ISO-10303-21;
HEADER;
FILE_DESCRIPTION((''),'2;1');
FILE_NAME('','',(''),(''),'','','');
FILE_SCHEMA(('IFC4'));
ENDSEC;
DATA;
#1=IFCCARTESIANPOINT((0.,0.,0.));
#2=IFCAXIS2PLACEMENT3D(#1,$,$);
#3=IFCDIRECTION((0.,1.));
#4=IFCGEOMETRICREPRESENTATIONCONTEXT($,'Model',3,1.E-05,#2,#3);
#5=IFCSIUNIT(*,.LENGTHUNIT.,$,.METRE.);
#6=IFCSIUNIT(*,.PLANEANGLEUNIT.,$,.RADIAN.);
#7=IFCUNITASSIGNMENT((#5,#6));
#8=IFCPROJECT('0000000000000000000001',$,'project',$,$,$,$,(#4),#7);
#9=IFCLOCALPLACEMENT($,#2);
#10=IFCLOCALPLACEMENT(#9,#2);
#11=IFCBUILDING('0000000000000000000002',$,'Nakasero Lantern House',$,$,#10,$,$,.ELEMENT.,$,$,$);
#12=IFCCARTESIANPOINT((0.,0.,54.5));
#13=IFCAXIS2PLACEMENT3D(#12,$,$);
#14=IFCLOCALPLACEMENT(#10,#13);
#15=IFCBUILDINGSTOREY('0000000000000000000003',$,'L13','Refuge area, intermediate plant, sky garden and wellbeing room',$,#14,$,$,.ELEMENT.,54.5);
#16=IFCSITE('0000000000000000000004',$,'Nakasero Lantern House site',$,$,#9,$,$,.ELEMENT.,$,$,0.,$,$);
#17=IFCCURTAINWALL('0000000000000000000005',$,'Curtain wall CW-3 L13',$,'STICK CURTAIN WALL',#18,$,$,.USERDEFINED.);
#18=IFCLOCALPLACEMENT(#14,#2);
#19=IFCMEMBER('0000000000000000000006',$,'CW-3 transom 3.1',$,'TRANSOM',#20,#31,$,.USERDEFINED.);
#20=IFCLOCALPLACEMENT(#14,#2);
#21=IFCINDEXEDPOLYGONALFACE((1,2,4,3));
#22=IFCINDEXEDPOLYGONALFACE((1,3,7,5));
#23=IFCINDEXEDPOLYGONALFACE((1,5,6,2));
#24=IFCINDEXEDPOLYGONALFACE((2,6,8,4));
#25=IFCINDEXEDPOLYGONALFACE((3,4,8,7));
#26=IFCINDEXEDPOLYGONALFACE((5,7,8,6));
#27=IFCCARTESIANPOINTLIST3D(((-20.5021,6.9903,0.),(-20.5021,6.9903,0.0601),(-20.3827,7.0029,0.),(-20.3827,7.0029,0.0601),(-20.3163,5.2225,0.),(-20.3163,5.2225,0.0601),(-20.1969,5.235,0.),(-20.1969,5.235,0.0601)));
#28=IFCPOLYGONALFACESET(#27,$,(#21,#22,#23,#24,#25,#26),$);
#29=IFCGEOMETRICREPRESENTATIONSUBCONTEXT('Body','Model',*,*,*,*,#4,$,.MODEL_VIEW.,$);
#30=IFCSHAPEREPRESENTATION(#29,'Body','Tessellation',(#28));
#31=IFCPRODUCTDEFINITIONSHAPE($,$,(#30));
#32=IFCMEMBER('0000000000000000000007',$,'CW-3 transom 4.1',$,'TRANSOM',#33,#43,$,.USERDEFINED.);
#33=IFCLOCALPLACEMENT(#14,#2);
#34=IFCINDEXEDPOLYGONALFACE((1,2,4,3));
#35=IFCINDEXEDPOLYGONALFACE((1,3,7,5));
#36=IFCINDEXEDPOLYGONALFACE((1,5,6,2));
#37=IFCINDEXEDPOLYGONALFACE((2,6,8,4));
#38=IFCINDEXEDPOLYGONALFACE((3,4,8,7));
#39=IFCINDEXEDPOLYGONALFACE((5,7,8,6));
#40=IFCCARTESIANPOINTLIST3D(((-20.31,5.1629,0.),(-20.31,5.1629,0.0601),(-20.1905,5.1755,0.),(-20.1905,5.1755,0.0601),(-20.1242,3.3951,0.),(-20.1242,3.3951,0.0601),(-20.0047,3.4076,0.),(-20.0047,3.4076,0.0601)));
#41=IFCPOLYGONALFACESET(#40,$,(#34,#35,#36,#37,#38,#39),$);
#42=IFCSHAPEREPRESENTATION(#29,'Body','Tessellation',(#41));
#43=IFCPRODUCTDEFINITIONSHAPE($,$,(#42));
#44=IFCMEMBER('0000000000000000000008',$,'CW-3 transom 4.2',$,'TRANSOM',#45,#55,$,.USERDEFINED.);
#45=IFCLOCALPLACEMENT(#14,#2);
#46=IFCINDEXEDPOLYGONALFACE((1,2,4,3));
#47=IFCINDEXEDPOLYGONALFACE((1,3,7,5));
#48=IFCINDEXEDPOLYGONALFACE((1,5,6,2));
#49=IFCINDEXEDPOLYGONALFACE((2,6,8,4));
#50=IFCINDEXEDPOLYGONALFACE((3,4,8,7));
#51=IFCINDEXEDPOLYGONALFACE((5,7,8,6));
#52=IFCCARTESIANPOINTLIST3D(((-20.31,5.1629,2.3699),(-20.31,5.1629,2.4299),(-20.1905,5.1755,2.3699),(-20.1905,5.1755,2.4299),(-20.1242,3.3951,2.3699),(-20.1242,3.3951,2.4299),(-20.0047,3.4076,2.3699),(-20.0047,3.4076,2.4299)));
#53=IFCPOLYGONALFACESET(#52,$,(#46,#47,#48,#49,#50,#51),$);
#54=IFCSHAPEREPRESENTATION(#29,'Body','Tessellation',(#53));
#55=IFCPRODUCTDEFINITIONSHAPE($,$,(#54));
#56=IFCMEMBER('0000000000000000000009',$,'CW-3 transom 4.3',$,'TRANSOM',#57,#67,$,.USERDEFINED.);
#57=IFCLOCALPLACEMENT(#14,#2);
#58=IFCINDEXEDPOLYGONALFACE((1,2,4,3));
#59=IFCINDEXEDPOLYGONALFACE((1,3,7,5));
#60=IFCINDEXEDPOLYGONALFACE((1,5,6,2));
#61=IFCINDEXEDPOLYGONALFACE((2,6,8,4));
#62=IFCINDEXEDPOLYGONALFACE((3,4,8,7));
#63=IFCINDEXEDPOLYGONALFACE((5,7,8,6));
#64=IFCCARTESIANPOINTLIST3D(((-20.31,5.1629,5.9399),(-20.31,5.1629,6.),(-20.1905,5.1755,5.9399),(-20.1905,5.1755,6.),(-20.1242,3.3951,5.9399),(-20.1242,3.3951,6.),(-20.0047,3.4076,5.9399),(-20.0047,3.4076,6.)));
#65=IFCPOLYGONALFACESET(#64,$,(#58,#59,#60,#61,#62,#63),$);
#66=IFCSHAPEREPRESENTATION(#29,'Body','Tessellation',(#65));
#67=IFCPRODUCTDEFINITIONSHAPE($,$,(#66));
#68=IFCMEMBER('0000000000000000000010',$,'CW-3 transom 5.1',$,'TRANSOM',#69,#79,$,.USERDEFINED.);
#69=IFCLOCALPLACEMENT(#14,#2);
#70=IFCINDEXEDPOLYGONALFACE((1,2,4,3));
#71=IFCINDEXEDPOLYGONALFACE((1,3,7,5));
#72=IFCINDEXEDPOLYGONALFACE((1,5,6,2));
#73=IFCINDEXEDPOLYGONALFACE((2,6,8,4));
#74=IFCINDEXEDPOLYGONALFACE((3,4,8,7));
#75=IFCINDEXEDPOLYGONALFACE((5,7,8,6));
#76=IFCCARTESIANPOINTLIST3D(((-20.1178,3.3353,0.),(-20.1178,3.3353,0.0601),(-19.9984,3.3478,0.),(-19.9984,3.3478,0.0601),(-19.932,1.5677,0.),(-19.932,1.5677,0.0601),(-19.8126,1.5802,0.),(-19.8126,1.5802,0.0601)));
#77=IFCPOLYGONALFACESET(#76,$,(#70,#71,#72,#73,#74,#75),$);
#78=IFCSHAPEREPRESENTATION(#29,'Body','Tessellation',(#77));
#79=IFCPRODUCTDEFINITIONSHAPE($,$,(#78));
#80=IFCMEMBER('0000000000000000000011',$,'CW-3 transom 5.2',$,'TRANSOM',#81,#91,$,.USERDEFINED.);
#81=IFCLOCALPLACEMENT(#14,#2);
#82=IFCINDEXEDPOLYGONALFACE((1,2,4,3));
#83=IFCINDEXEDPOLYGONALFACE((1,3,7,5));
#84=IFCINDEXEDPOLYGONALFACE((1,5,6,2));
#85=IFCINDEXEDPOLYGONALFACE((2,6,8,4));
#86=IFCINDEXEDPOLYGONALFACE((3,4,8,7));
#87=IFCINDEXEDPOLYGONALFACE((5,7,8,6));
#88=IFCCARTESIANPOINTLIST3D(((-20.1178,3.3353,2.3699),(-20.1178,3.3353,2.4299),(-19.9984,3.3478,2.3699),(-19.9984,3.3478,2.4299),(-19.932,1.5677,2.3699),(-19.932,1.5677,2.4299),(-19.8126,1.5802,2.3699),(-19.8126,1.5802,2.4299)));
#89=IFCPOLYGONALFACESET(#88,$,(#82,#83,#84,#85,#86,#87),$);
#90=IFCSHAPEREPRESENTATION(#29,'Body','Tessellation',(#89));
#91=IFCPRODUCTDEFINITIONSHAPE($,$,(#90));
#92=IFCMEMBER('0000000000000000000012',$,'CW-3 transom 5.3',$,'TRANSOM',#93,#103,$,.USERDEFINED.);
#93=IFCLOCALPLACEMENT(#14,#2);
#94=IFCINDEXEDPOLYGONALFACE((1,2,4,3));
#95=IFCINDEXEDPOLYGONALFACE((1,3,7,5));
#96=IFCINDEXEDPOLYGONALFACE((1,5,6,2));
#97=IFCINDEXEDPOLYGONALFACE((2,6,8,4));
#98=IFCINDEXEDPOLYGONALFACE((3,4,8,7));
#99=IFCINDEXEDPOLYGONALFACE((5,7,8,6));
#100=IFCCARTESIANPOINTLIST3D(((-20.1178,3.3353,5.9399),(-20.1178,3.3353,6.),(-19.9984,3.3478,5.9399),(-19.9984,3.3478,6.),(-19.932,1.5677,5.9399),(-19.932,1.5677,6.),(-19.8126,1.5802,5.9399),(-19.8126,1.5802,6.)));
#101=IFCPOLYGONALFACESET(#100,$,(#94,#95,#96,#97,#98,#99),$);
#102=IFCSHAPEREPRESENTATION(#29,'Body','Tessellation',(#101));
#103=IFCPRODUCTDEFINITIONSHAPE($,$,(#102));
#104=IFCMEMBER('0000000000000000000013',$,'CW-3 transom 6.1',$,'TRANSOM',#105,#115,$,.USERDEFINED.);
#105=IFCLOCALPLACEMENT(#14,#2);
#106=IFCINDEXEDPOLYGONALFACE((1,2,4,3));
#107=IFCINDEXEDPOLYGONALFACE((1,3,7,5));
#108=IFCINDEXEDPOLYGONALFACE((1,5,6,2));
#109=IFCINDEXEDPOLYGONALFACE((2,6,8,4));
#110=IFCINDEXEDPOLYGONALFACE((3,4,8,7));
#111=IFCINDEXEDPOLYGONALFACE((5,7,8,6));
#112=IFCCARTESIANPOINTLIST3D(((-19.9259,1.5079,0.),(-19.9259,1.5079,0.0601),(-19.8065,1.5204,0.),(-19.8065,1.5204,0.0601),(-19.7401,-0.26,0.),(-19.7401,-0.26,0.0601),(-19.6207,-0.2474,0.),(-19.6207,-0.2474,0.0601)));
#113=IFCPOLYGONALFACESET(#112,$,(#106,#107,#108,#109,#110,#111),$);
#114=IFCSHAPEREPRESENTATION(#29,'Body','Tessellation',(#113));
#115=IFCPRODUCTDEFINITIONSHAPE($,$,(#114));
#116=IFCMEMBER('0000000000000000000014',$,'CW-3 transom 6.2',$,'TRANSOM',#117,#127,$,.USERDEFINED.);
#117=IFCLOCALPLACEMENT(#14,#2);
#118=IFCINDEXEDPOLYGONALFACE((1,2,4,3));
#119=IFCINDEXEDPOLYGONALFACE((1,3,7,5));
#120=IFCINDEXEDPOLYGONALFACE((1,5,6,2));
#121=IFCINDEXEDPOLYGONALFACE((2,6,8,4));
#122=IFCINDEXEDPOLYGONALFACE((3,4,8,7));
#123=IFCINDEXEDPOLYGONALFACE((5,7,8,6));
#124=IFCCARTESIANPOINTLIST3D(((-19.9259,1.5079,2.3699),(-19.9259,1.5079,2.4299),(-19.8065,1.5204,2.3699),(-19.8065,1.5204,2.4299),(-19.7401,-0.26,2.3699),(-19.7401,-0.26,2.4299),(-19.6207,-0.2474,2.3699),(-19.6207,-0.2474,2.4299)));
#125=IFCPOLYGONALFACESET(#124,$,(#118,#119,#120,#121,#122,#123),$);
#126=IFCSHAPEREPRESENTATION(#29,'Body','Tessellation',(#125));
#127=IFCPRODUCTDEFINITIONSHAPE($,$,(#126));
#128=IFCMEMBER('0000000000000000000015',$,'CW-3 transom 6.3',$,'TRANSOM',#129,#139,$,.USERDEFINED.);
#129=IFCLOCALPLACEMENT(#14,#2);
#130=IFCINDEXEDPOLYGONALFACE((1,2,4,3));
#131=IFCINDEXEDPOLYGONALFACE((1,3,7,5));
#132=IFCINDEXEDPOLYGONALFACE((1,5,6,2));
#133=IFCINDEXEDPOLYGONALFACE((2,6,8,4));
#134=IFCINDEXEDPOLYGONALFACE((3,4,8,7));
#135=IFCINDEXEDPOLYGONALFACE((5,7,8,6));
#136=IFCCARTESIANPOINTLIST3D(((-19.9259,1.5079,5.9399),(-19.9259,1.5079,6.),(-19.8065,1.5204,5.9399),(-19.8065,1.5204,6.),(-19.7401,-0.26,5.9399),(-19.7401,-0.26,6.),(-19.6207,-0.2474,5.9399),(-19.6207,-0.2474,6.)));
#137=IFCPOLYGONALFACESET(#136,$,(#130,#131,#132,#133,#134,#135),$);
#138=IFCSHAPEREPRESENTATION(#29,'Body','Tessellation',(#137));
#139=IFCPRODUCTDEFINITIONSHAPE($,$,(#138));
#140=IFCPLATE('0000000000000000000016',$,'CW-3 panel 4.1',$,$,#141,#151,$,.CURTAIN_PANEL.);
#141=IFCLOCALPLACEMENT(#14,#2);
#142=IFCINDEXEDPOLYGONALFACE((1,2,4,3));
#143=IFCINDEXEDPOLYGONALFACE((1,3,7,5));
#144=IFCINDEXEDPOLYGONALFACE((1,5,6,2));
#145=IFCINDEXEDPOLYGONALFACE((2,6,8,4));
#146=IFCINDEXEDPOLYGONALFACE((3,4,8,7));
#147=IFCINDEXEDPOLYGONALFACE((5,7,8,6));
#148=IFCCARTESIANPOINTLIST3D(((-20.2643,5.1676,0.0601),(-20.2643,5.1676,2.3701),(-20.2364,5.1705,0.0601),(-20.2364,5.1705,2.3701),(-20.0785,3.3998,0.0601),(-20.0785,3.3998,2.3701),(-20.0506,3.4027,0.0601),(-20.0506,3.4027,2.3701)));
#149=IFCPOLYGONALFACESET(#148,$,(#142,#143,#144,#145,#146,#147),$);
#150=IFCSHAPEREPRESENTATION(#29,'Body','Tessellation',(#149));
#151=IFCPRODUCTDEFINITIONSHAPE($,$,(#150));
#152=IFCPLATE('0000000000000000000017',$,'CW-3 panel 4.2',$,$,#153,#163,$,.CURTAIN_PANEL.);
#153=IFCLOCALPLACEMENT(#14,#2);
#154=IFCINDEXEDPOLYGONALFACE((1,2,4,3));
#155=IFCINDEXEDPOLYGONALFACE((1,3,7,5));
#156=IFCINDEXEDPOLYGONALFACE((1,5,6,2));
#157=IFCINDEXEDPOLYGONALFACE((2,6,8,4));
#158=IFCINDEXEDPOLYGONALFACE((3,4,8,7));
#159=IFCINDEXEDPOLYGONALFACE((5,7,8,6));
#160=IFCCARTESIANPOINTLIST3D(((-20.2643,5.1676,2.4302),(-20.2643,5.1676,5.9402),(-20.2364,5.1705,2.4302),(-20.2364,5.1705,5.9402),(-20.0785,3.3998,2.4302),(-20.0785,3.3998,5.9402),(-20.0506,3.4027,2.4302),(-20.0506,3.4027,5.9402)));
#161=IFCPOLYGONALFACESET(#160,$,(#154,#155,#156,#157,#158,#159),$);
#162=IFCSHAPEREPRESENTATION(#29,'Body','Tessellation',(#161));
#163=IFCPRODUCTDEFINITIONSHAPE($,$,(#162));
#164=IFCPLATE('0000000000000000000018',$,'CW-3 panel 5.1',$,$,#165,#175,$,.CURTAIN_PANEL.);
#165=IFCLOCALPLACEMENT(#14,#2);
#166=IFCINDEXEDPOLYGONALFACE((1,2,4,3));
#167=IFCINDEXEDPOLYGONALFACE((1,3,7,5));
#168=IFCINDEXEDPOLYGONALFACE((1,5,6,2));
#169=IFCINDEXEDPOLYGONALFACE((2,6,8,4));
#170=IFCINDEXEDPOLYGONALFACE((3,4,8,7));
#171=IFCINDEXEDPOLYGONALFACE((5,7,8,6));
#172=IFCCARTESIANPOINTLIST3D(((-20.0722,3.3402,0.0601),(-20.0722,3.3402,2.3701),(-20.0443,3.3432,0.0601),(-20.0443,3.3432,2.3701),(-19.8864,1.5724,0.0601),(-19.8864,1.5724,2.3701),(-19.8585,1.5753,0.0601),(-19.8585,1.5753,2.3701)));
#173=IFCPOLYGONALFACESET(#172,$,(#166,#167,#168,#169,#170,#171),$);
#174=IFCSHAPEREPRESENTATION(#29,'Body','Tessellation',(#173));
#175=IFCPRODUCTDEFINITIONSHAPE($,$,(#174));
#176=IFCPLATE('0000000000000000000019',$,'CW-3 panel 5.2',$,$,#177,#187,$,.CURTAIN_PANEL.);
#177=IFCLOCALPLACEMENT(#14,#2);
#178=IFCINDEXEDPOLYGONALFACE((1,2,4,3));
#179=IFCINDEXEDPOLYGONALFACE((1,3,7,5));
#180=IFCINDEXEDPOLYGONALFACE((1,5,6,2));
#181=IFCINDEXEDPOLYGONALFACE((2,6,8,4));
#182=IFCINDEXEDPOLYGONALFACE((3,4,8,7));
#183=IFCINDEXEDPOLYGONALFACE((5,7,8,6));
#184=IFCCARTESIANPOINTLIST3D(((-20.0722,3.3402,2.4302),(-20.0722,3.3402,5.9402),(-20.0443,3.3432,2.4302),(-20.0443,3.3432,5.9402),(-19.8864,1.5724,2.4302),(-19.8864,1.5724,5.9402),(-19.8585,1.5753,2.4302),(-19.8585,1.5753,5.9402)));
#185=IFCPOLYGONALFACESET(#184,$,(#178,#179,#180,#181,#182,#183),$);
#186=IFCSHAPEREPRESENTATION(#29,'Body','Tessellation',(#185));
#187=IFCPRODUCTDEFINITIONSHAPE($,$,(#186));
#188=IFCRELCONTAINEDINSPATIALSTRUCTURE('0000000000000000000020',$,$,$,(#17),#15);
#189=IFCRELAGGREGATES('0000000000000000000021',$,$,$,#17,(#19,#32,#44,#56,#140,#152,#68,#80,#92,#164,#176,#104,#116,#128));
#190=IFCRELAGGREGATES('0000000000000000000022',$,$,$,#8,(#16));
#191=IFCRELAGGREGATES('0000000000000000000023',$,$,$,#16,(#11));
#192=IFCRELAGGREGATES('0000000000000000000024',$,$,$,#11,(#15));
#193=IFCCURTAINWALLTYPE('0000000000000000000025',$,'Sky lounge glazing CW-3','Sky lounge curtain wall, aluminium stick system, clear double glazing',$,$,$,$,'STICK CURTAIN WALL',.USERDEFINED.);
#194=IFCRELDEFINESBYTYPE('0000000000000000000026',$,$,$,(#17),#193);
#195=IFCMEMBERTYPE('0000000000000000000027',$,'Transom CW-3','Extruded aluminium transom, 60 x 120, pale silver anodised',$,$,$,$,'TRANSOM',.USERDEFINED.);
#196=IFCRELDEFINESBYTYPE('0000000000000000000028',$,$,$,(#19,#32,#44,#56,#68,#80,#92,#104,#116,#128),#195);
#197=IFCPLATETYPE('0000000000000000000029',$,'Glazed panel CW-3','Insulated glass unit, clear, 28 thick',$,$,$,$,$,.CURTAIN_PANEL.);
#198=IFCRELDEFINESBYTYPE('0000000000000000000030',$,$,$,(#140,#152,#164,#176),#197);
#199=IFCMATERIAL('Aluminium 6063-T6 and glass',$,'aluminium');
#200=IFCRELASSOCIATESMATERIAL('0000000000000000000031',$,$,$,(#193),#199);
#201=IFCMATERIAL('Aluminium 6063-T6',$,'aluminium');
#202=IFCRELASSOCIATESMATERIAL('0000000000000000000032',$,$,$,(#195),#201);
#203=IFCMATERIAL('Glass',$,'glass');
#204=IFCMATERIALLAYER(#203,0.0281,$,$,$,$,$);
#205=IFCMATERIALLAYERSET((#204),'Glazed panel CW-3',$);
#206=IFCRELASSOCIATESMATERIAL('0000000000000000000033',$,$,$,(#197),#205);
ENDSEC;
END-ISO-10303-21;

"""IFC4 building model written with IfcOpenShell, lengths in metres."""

from ifc_helpers import new_model, si_unit, direction, frame, origin, origin_2d, place, context, subcontext, project, spatial, rectangle, extrude, material, layer, layer_set, material_profile, profile_set, type_object, element, aggregate, save


model = new_model("IFC4")

# Units and contexts
model_context = context("Model", 3, precision=1e-05, world=origin(), true_north=direction((0.0, 1.0)))
body_context = subcontext(model_context, "Body", "Model", "MODEL_VIEW")
ifc_project = project(units=[si_unit("LENGTHUNIT", "METRE"), si_unit("PLANEANGLEUNIT", "RADIAN")], contexts=[model_context])

# Site, building, storey
site_placement = place(None, origin())
site = spatial("IfcSite", under=ifc_project, at=site_placement, Name="Nakasero Lantern House site", CompositionType="ELEMENT", RefElevation=0.0)
building_placement = place(site_placement, origin())
building = spatial("IfcBuilding", under=site, at=building_placement, Name="Nakasero Lantern House", CompositionType="ELEMENT")
storey_placement = place(building_placement, frame((0.0, 0.0, 54.5)))
storey = spatial("IfcBuildingStorey", under=building, at=storey_placement, Name="L13", Description="Refuge area, intermediate plant, sky garden and wellbeing room", CompositionType="ELEMENT", Elevation=54.5)

# Curtain wall, members, plates
ifc_material_1 = material(Name="Aluminium 6063-T6 and glass", Category="aluminium")
curtain_wall_type = type_object("IfcCurtainWallType", Name="Sky lounge glazing CW-3", Description="Sky lounge curtain wall, aluminium stick system, clear double glazing", ElementType="STICK CURTAIN WALL", PredefinedType="USERDEFINED", material=ifc_material_1)
curtain_wall_placement = place(storey_placement, origin())
curtain_wall = element("IfcCurtainWall", 1, at=curtain_wall_placement, inside=storey, type_object=curtain_wall_type, Name="Curtain wall CW-3 L13", ObjectType="STICK CURTAIN WALL", PredefinedType="USERDEFINED")
ifc_material_2 = material(Name="Aluminium 6063-T6", Category="aluminium")
ifc_material_profile_1 = material_profile(ifc_material_2, rectangle(XDim=0.0601, YDim=0.1201, at=origin_2d()), Name="CW-3 transom 60x120")
ifc_profile_set_1 = profile_set([ifc_material_profile_1], Name="Aluminium 6063-T6")
member_type_1 = type_object("IfcMemberType", Name="Transom CW-3", Description="Extruded aluminium transom, 60 x 120, pale silver anodised", ElementType="TRANSOM", PredefinedType="USERDEFINED", material=ifc_profile_set_1)
member_1_placement = place(storey_placement, frame((-20.4424, 6.9966, 0.03), z_axis=(0.10452, -0.994523, 0.0), x_axis=(0.0, 0.0, 1.0)))
member_1 = element("IfcMember", 2, at=member_1_placement, type_object=member_type_1, Name="CW-3 transom 3.1", ObjectType="TRANSOM", PredefinedType="USERDEFINED", context=body_context, shape_type="SweptSolid", body=[
    extrude(rectangle(XDim=0.0601, YDim=0.1201, at=origin_2d()), origin(), (0.0, 0.0, 1.0), 1.7776),
])
member_2_placement = place(storey_placement, frame((-20.2502, 5.1692, 0.03), z_axis=(0.10452, -0.994523, 0.0), x_axis=(0.0, 0.0, 1.0)))
member_2 = element("IfcMember", 3, at=member_2_placement, type_object=member_type_1, Name="CW-3 transom 4.1", ObjectType="TRANSOM", PredefinedType="USERDEFINED", context=body_context, shape_type="SweptSolid", body=[
    extrude(rectangle(XDim=0.0601, YDim=0.1201, at=origin_2d()), origin(), (0.0, 0.0, 1.0), 1.7776),
])
member_3_placement = place(storey_placement, frame((-20.2502, 5.1692, 2.3999), z_axis=(0.10452, -0.994523, 0.0), x_axis=(0.0, 0.0, 1.0)))
member_3 = element("IfcMember", 4, at=member_3_placement, type_object=member_type_1, Name="CW-3 transom 4.2", ObjectType="TRANSOM", PredefinedType="USERDEFINED", context=body_context, shape_type="SweptSolid", body=[
    extrude(rectangle(XDim=0.0601, YDim=0.1201, at=origin_2d()), origin(), (0.0, 0.0, 1.0), 1.7776),
])
member_4_placement = place(storey_placement, frame((-20.2502, 5.1692, 5.97), z_axis=(0.10452, -0.994523, 0.0), x_axis=(0.0, 0.0, 1.0)))
member_4 = element("IfcMember", 5, at=member_4_placement, type_object=member_type_1, Name="CW-3 transom 4.3", ObjectType="TRANSOM", PredefinedType="USERDEFINED", context=body_context, shape_type="SweptSolid", body=[
    extrude(rectangle(XDim=0.0601, YDim=0.1201, at=origin_2d()), origin(), (0.0, 0.0, 1.0), 1.7776),
])
member_5_placement = place(storey_placement, frame((-20.0581, 3.3416, 0.03), z_axis=(0.104535, -0.994521, 0.0), x_axis=(0.0, 0.0, 1.0)))
member_5 = element("IfcMember", 6, at=member_5_placement, type_object=member_type_1, Name="CW-3 transom 5.1", ObjectType="TRANSOM", PredefinedType="USERDEFINED", context=body_context, shape_type="SweptSolid", body=[
    extrude(rectangle(XDim=0.0601, YDim=0.1201, at=origin_2d()), origin(), (0.0, 0.0, 1.0), 1.7773),
])
member_6_placement = place(storey_placement, frame((-20.0581, 3.3416, 2.3999), z_axis=(0.104535, -0.994521, 0.0), x_axis=(0.0, 0.0, 1.0)))
member_6 = element("IfcMember", 7, at=member_6_placement, type_object=member_type_1, Name="CW-3 transom 5.2", ObjectType="TRANSOM", PredefinedType="USERDEFINED", context=body_context, shape_type="SweptSolid", body=[
    extrude(rectangle(XDim=0.0601, YDim=0.1201, at=origin_2d()), origin(), (0.0, 0.0, 1.0), 1.7773),
])
member_7_placement = place(storey_placement, frame((-20.0581, 3.3416, 5.97), z_axis=(0.104535, -0.994521, 0.0), x_axis=(0.0, 0.0, 1.0)))
member_7 = element("IfcMember", 8, at=member_7_placement, type_object=member_type_1, Name="CW-3 transom 5.3", ObjectType="TRANSOM", PredefinedType="USERDEFINED", context=body_context, shape_type="SweptSolid", body=[
    extrude(rectangle(XDim=0.0601, YDim=0.1201, at=origin_2d()), origin(), (0.0, 0.0, 1.0), 1.7773),
])
member_8_placement = place(storey_placement, frame((-19.8662, 1.5142, 0.03), z_axis=(0.10452, -0.994523, 0.0), x_axis=(0.0, 0.0, 1.0)))
member_8 = element("IfcMember", 9, at=member_8_placement, type_object=member_type_1, Name="CW-3 transom 6.1", ObjectType="TRANSOM", PredefinedType="USERDEFINED", context=body_context, shape_type="SweptSolid", body=[
    extrude(rectangle(XDim=0.0601, YDim=0.1201, at=origin_2d()), origin(), (0.0, 0.0, 1.0), 1.7776),
])
member_9_placement = place(storey_placement, frame((-19.8662, 1.5142, 2.3999), z_axis=(0.10452, -0.994523, 0.0), x_axis=(0.0, 0.0, 1.0)))
member_9 = element("IfcMember", 10, at=member_9_placement, type_object=member_type_1, Name="CW-3 transom 6.2", ObjectType="TRANSOM", PredefinedType="USERDEFINED", context=body_context, shape_type="SweptSolid", body=[
    extrude(rectangle(XDim=0.0601, YDim=0.1201, at=origin_2d()), origin(), (0.0, 0.0, 1.0), 1.7776),
])
member_10_placement = place(storey_placement, frame((-19.8662, 1.5142, 5.97), z_axis=(0.10452, -0.994523, 0.0), x_axis=(0.0, 0.0, 1.0)))
member_10 = element("IfcMember", 11, at=member_10_placement, type_object=member_type_1, Name="CW-3 transom 6.3", ObjectType="TRANSOM", PredefinedType="USERDEFINED", context=body_context, shape_type="SweptSolid", body=[
    extrude(rectangle(XDim=0.0601, YDim=0.1201, at=origin_2d()), origin(), (0.0, 0.0, 1.0), 1.7776),
])
ifc_material_3 = material(Name="Glass", Category="glass")
ifc_layer_1 = layer(ifc_material_3, 0.0281)
ifc_layer_set_1 = layer_set([ifc_layer_1], Name="Glazed panel CW-3")
plate_type_1 = type_object("IfcPlateType", Name="Glazed panel CW-3", Description="Insulated glass unit, clear, 28 thick", PredefinedType="CURTAIN_PANEL", material=ifc_layer_set_1)
plate_1_placement = place(storey_placement, frame((-20.1575, 4.2852, 0.0601), z_axis=(0.0, 0.0, 1.0), x_axis=(0.104528, -0.994522, 0.0)))
plate_1 = element("IfcPlate", 12, at=plate_1_placement, type_object=plate_type_1, Name="CW-3 panel 4.1", PredefinedType="CURTAIN_PANEL", context=body_context, shape_type="SweptSolid", body=[
    extrude(rectangle(XDim=1.7776, YDim=0.0281, at=origin_2d()), origin(), (0.0, 0.0, 1.0), 2.3101),
])
plate_2_placement = place(storey_placement, frame((-20.1575, 4.2852, 2.4302), z_axis=(0.0, 0.0, 1.0), x_axis=(0.104528, -0.994522, 0.0)))
plate_2 = element("IfcPlate", 13, at=plate_2_placement, type_object=plate_type_1, Name="CW-3 panel 4.2", PredefinedType="CURTAIN_PANEL", context=body_context, shape_type="SweptSolid", body=[
    extrude(rectangle(XDim=1.7776, YDim=0.0281, at=origin_2d()), origin(), (0.0, 0.0, 1.0), 3.51),
])
plate_3_placement = place(storey_placement, frame((-19.9653, 2.4578, 0.0601), z_axis=(0.0, 0.0, 1.0), x_axis=(0.104528, -0.994522, 0.0)))
plate_3 = element("IfcPlate", 14, at=plate_3_placement, type_object=plate_type_1, Name="CW-3 panel 5.1", PredefinedType="CURTAIN_PANEL", context=body_context, shape_type="SweptSolid", body=[
    extrude(rectangle(XDim=1.7776, YDim=0.0281, at=origin_2d()), origin(), (0.0, 0.0, 1.0), 2.3101),
])
plate_4_placement = place(storey_placement, frame((-19.9653, 2.4578, 2.4302), z_axis=(0.0, 0.0, 1.0), x_axis=(0.104528, -0.994522, 0.0)))
plate_4 = element("IfcPlate", 15, at=plate_4_placement, type_object=plate_type_1, Name="CW-3 panel 5.2", PredefinedType="CURTAIN_PANEL", context=body_context, shape_type="SweptSolid", body=[
    extrude(rectangle(XDim=1.7776, YDim=0.0281, at=origin_2d()), origin(), (0.0, 0.0, 1.0), 3.51),
])
aggregate(curtain_wall, [member_1, member_2, member_3, member_4, plate_1, plate_2, member_5, member_6, member_7, plate_3, plate_4, member_8, member_9, member_10])

save(model, "model.ifc")
